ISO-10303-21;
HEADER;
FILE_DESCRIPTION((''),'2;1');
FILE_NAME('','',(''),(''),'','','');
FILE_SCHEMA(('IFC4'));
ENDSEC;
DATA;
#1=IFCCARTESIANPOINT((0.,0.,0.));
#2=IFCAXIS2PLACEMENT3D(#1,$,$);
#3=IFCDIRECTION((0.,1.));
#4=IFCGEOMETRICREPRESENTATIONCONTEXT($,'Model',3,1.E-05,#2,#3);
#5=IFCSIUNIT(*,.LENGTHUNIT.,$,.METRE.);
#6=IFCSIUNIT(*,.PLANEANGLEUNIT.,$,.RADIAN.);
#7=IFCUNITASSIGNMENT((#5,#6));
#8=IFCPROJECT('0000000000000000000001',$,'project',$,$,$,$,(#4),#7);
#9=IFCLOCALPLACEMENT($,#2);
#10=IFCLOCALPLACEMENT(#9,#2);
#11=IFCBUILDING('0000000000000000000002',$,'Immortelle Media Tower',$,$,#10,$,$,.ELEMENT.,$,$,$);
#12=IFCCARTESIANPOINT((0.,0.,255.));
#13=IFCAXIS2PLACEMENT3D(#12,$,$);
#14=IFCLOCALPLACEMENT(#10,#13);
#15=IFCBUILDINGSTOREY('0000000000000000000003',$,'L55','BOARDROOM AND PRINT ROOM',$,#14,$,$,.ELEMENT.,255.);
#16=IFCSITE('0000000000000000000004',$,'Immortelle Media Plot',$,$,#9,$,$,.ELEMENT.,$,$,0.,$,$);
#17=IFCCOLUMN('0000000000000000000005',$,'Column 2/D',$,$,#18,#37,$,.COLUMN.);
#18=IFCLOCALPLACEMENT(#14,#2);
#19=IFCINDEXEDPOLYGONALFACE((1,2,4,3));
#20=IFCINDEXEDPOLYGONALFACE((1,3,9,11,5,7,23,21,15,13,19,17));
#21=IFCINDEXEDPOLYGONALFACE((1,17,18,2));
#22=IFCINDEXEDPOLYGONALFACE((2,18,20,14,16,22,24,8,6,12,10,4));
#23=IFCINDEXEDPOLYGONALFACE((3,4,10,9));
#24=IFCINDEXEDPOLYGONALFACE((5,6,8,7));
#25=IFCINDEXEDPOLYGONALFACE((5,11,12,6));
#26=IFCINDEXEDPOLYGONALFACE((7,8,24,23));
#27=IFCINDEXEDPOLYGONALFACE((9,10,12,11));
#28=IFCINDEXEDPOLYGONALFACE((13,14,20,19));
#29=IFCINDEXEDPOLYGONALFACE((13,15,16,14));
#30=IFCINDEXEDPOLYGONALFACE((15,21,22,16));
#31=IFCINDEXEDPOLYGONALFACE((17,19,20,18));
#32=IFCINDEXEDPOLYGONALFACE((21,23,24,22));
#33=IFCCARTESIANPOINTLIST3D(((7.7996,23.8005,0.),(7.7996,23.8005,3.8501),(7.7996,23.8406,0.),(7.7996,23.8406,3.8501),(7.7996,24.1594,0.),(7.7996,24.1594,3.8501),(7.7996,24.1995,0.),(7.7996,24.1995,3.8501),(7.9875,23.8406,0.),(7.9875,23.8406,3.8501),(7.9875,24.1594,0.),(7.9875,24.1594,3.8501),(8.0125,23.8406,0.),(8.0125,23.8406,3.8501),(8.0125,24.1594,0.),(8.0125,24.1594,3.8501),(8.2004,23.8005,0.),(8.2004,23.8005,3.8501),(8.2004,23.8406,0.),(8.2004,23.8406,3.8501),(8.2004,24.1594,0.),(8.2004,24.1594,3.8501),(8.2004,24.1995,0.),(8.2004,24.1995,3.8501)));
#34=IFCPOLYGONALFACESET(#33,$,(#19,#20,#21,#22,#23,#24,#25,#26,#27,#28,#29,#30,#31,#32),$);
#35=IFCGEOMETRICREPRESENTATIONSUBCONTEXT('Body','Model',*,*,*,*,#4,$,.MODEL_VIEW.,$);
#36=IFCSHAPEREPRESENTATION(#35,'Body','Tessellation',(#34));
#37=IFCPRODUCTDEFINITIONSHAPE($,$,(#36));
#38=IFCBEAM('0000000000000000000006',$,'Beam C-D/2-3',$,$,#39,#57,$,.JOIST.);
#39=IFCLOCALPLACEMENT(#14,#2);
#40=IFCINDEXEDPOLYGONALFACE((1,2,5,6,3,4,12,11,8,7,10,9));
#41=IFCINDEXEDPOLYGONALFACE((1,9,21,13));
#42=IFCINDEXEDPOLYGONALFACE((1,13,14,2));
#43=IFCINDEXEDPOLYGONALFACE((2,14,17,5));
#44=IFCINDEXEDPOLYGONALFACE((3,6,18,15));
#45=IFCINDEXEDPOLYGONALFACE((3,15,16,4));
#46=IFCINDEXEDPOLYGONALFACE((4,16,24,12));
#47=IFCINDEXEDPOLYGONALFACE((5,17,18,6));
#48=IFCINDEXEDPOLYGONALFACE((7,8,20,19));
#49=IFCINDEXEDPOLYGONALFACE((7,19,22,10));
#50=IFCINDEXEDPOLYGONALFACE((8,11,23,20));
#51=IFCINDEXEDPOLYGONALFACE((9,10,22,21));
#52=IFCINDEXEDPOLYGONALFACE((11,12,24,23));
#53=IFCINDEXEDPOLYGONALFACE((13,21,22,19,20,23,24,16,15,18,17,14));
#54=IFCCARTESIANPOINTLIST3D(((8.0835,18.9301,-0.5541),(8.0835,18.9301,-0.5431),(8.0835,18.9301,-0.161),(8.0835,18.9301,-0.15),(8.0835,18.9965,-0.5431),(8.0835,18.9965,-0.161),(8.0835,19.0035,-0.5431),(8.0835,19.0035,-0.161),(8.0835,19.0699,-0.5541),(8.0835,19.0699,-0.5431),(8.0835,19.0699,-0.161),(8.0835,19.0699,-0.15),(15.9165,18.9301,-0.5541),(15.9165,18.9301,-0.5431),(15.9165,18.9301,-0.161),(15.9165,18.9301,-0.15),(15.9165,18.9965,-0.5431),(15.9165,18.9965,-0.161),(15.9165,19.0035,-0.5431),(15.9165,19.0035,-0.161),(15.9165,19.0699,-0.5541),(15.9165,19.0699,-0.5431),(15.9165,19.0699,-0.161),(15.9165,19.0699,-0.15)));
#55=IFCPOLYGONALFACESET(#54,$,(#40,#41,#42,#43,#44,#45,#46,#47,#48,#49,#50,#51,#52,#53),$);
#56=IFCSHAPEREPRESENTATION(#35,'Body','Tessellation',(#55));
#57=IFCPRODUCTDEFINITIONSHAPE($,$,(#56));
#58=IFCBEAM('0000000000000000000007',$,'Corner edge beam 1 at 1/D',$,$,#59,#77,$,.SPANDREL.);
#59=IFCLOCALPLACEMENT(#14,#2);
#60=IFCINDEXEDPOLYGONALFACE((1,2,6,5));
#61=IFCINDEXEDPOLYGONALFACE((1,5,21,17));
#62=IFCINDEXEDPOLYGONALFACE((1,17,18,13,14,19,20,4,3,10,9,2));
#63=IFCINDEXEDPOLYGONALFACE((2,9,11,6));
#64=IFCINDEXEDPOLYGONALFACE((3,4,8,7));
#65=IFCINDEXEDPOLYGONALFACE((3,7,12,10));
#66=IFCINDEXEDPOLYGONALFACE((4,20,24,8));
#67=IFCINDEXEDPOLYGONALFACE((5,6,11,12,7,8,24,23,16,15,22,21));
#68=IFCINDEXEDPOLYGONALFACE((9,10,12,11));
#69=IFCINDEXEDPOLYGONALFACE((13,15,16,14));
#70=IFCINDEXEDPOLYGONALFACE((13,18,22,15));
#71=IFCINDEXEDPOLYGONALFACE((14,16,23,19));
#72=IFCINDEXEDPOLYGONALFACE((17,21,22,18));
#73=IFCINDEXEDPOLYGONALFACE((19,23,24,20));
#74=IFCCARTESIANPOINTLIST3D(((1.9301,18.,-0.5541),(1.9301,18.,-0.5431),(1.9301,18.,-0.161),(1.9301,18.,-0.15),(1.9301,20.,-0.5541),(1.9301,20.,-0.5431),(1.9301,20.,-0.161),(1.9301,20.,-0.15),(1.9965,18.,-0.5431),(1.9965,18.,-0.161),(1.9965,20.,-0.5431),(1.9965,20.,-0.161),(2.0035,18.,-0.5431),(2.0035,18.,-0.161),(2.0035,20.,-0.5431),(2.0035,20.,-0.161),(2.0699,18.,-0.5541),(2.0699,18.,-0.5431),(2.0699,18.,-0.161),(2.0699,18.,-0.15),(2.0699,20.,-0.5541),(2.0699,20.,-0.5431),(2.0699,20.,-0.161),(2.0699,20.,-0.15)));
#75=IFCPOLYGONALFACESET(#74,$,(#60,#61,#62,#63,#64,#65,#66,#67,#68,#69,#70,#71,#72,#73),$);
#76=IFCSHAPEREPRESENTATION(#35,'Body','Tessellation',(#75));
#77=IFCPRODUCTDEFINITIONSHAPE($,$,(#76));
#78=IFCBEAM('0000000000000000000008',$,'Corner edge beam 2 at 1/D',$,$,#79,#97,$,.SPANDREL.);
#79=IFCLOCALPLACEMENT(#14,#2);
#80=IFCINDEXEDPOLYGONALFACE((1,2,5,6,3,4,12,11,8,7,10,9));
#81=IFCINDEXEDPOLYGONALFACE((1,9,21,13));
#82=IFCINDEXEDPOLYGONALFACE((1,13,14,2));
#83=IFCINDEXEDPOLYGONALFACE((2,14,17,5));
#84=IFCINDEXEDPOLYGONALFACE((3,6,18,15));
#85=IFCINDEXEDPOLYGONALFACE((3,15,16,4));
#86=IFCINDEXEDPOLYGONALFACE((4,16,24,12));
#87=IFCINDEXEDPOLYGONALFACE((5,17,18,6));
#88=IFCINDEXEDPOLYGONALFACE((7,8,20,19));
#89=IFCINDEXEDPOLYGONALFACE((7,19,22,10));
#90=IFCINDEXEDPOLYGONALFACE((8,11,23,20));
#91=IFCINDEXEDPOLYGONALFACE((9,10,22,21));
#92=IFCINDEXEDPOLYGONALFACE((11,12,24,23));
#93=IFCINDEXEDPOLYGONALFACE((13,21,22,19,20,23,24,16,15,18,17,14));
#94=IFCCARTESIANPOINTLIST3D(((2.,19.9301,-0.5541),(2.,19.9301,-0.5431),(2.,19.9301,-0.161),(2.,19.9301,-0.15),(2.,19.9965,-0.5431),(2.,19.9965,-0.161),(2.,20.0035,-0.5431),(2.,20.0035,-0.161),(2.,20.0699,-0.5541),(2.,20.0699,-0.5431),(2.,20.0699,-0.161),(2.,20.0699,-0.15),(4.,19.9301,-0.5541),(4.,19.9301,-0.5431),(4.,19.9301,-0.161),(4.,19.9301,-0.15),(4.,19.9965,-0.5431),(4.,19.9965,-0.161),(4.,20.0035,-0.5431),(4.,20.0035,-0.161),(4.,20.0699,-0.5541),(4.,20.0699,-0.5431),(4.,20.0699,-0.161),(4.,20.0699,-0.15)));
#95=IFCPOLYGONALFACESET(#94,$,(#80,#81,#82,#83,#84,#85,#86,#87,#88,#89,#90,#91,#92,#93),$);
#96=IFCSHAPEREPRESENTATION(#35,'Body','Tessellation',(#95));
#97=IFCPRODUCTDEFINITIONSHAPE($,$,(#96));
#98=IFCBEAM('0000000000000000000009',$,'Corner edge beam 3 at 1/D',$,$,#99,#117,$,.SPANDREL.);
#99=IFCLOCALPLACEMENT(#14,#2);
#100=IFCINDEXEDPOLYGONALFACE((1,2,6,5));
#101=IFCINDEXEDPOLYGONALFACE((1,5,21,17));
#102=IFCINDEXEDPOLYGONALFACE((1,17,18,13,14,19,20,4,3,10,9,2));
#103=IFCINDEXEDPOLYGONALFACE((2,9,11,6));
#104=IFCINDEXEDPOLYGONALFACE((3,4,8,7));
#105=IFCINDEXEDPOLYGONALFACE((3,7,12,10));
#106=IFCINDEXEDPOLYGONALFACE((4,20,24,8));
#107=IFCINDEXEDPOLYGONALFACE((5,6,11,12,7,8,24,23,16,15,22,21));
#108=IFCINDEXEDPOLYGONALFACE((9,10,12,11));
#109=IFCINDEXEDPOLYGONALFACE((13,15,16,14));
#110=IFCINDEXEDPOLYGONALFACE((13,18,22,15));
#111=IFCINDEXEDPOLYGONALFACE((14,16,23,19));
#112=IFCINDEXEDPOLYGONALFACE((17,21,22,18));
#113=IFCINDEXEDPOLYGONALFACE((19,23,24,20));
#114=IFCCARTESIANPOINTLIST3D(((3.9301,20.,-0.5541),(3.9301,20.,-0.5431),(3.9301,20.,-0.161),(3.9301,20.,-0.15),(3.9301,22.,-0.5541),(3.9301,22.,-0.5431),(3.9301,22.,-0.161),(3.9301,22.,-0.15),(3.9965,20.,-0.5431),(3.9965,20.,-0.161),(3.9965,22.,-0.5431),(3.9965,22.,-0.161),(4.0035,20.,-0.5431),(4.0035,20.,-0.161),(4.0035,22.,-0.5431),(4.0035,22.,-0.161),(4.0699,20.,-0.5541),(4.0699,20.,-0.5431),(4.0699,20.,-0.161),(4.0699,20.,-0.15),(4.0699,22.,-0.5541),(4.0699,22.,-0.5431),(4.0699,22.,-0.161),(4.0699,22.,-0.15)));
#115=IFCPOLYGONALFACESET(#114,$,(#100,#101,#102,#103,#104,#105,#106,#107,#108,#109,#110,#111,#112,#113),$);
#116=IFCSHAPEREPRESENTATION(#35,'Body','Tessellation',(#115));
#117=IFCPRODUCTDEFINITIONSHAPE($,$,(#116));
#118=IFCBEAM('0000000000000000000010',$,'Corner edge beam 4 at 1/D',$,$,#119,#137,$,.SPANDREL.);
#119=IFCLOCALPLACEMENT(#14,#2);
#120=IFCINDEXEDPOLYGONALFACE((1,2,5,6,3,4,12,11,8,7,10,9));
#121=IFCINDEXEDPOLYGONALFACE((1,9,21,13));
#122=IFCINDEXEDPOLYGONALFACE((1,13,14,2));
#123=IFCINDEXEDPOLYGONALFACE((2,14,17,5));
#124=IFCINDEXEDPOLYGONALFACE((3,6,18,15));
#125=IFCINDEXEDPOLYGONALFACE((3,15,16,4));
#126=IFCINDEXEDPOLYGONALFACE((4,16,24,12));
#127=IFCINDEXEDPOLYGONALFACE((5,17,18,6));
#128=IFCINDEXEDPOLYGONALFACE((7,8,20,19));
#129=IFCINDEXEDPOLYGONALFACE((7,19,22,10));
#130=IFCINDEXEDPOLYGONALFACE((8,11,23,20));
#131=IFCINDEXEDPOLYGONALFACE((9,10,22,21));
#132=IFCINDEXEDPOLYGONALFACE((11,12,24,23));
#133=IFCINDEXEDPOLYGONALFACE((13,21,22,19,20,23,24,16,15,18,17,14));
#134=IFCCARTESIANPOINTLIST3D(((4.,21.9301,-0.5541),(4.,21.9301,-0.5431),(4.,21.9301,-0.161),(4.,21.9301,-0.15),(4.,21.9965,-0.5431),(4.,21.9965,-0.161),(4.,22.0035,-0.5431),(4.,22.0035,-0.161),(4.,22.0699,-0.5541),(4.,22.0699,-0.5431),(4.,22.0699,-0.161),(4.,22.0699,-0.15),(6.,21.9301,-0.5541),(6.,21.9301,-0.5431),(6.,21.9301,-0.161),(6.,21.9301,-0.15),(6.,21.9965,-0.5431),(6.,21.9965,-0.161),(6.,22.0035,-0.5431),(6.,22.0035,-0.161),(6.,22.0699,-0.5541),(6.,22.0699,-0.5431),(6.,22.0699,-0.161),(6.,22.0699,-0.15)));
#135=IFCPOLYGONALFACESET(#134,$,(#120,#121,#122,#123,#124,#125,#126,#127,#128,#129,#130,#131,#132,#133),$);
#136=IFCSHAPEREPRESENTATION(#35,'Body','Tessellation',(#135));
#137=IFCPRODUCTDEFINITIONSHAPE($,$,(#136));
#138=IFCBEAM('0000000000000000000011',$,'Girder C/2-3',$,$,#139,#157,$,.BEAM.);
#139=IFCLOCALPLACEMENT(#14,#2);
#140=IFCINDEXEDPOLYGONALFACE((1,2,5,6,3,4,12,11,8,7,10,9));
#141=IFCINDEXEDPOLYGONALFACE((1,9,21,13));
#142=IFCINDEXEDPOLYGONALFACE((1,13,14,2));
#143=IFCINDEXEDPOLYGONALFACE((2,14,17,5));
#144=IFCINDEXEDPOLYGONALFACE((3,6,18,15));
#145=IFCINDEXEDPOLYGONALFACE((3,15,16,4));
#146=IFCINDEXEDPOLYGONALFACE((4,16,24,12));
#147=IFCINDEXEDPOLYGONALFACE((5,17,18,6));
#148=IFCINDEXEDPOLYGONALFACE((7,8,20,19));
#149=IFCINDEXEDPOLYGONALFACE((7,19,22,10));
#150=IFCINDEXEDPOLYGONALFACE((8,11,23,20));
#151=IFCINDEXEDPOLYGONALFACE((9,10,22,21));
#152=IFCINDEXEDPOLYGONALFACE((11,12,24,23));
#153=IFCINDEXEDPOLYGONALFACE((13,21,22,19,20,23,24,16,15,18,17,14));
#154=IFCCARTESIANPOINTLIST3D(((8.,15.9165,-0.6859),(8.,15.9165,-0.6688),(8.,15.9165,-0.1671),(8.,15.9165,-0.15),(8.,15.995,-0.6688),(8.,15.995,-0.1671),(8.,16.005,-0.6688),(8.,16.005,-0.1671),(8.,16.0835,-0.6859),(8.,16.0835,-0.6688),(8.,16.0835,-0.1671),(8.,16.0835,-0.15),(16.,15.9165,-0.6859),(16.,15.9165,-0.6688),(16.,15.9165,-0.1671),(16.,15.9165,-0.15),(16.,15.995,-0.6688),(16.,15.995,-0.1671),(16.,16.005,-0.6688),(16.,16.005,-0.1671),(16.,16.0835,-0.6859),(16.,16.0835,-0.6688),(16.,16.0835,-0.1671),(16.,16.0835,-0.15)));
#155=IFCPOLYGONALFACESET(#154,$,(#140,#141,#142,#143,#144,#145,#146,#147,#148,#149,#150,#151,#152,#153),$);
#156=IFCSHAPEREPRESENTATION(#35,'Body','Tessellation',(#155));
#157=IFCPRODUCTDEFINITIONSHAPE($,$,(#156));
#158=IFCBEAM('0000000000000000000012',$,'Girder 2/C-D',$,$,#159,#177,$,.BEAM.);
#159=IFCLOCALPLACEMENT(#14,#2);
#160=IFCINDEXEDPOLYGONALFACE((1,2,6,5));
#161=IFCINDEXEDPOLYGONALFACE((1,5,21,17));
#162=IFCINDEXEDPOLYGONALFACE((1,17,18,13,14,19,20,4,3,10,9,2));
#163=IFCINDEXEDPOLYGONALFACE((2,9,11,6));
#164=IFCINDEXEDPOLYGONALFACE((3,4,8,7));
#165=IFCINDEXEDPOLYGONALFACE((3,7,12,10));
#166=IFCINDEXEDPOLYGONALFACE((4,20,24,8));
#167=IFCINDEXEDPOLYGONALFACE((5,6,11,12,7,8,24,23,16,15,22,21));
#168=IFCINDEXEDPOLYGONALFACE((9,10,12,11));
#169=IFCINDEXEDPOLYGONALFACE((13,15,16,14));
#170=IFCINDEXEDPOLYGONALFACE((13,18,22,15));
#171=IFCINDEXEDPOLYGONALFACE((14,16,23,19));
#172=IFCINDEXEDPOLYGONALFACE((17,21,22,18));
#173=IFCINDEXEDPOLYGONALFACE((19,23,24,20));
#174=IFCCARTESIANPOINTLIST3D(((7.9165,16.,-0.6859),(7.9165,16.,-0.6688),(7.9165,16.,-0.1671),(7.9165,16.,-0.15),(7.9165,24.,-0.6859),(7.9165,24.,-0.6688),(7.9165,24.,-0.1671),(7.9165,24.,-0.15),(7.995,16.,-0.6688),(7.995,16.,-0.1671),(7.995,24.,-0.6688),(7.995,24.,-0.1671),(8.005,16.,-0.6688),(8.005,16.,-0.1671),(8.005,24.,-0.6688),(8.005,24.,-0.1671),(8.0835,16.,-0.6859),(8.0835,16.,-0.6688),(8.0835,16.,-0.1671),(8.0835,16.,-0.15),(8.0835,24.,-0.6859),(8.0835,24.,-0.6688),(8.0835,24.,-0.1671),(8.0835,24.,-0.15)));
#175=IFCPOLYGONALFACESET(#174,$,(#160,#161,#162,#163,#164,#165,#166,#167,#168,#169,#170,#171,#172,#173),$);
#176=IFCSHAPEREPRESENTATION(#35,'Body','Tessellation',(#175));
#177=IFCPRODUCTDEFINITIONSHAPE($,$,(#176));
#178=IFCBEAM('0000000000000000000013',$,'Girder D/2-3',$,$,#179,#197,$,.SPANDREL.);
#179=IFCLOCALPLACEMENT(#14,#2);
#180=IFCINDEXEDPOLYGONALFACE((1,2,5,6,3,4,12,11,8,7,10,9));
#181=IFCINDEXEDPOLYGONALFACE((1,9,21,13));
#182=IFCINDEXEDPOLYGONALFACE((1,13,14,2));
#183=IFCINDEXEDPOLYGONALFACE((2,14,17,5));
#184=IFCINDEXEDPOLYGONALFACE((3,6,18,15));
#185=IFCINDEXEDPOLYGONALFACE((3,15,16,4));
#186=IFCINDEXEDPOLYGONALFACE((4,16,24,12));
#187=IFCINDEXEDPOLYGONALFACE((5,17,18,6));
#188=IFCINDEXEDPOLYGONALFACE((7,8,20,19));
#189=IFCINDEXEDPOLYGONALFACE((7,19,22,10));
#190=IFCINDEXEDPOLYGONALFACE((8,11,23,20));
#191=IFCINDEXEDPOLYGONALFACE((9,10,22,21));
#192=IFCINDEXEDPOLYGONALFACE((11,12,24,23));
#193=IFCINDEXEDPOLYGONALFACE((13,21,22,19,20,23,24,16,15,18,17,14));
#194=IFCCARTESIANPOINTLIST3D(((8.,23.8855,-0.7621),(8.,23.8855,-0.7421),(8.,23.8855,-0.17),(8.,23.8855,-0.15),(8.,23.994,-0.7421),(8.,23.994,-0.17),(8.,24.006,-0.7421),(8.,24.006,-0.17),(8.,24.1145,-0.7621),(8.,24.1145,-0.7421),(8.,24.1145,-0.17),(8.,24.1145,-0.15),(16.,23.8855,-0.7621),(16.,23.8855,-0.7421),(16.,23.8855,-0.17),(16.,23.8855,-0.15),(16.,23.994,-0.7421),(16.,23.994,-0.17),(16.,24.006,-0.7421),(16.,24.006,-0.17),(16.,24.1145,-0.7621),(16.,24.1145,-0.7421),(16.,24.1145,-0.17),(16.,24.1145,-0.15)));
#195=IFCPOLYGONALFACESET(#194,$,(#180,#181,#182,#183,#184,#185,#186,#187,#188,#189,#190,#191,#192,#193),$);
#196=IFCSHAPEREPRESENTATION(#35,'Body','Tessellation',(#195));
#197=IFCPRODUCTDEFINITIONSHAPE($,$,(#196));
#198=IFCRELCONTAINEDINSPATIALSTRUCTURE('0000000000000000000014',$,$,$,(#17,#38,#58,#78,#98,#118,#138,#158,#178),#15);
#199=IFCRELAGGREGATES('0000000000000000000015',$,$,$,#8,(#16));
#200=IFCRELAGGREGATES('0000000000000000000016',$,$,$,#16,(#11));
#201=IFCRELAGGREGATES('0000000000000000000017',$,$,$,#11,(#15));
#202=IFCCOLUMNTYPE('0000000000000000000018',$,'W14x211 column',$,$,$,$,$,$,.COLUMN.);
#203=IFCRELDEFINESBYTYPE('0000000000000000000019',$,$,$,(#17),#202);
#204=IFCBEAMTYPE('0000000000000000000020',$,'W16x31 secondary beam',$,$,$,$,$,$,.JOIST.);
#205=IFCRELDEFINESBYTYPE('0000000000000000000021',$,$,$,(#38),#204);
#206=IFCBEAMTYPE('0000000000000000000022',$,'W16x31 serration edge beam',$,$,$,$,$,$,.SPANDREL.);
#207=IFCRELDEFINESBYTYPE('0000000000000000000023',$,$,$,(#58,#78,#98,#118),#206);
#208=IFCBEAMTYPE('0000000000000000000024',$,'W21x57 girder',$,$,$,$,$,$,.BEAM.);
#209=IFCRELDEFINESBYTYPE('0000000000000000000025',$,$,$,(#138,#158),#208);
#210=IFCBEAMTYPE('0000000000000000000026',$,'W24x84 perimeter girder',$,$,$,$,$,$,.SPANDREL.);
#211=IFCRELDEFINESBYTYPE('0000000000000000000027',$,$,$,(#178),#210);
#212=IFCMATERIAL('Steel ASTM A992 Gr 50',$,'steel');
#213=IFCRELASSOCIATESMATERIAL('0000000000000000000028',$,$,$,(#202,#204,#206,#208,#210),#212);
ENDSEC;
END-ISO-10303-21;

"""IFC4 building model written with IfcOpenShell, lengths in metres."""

from ifc_helpers import new_model, si_unit, direction, frame, origin, origin_2d, place, context, subcontext, project, spatial, i_section, extrude, material, material_profile, profile_set, type_object, element, save


model = new_model("IFC4")

# Units and contexts
model_context = context("Model", 3, precision=1e-05, world=origin(), true_north=direction((0.0, 1.0)))
body_context = subcontext(model_context, "Body", "Model", "MODEL_VIEW")
ifc_project = project(units=[si_unit("LENGTHUNIT", "METRE"), si_unit("PLANEANGLEUNIT", "RADIAN")], contexts=[model_context])

# Site, building, storey
site_placement = place(None, origin())
site = spatial("IfcSite", under=ifc_project, at=site_placement, Name="Immortelle Media Plot", CompositionType="ELEMENT", RefElevation=0.0)
building_placement = place(site_placement, origin())
building = spatial("IfcBuilding", under=site, at=building_placement, Name="Immortelle Media Tower", CompositionType="ELEMENT")
storey_placement = place(building_placement, frame((0.0, 0.0, 255.0)))
storey = spatial("IfcBuildingStorey", under=building, at=storey_placement, Name="L55", Description="BOARDROOM AND PRINT ROOM", CompositionType="ELEMENT", Elevation=255.0)

# Column
ifc_material_1 = material(Name="Steel ASTM A992 Gr 50", Category="steel")
ifc_material_profile_1 = material_profile(ifc_material_1, i_section(OverallWidth=0.4009, OverallDepth=0.3989, WebThickness=0.0249, FlangeThickness=0.04, at=origin_2d()), Name="W14x211")
ifc_profile_set_1 = profile_set([ifc_material_profile_1], Name="Steel ASTM A992 Gr 50")
column_type = type_object("IfcColumnType", Name="W14x211 column", PredefinedType="COLUMN", material=ifc_profile_set_1)
column_placement = place(storey_placement, frame((8.0, 24.0, 0.0), z_axis=(0.0, 0.0, 1.0), x_axis=(1.0, 0.0, 0.0)))
element("IfcColumn", 1, at=column_placement, inside=storey, type_object=column_type, Name="Column 2/D", PredefinedType="COLUMN", context=body_context, shape_type="SweptSolid", body=[
    extrude(i_section(OverallWidth=0.4009, OverallDepth=0.3989, WebThickness=0.0249, FlangeThickness=0.04, at=origin_2d()), origin(), (0.0, 0.0, 1.0), 3.8501),
])

# Beams
ifc_material_profile_2 = material_profile(ifc_material_1, i_section(OverallWidth=0.1399, OverallDepth=0.4041, WebThickness=0.0071, FlangeThickness=0.011, at=origin_2d()), Name="W16x31")
ifc_profile_set_2 = profile_set([ifc_material_profile_2], Name="Steel ASTM A992 Gr 50")
beam_type_1 = type_object("IfcBeamType", Name="W16x31 secondary beam", PredefinedType="JOIST", material=ifc_profile_set_2)
beam_1_placement = place(storey_placement, frame((8.0835, 19.0, -0.3521), z_axis=(1.0, 0.0, 0.0), x_axis=(0.0, 1.0, 0.0)))
element("IfcBeam", 2, at=beam_1_placement, inside=storey, type_object=beam_type_1, Name="Beam C-D/2-3", PredefinedType="JOIST", context=body_context, shape_type="SweptSolid", body=[
    extrude(i_section(OverallWidth=0.1399, OverallDepth=0.4041, WebThickness=0.0071, FlangeThickness=0.011, at=origin_2d()), origin(), (0.0, 0.0, 1.0), 7.833),
])
ifc_material_profile_3 = material_profile(ifc_material_1, i_section(OverallWidth=0.1399, OverallDepth=0.4041, WebThickness=0.0071, FlangeThickness=0.011, at=origin_2d()), Name="W16x31")
ifc_profile_set_3 = profile_set([ifc_material_profile_3], Name="Steel ASTM A992 Gr 50")
beam_type_2 = type_object("IfcBeamType", Name="W16x31 serration edge beam", PredefinedType="SPANDREL", material=ifc_profile_set_3)
for number, where, z_axis, x_axis, name in (
    (3, (2.0, 18.0, -0.3521), (0.0, 1.0, 0.0), (-1.0, 0.0, 0.0), "Corner edge beam 1 at 1/D"),
    (4, (2.0, 20.0, -0.3521), (1.0, 0.0, 0.0), (0.0, 1.0, 0.0), "Corner edge beam 2 at 1/D"),
    (5, (4.0, 20.0, -0.3521), (0.0, 1.0, 0.0), (-1.0, 0.0, 0.0), "Corner edge beam 3 at 1/D"),
    (6, (4.0, 22.0, -0.3521), (1.0, 0.0, 0.0), (0.0, 1.0, 0.0), "Corner edge beam 4 at 1/D"),
):
    element("IfcBeam", number, at=place(storey_placement, frame(where, z_axis=z_axis, x_axis=x_axis)), inside=storey, type_object=beam_type_2, Name=name, PredefinedType="SPANDREL", context=body_context, shape_type="SweptSolid", body=[
        extrude(i_section(OverallWidth=0.1399, OverallDepth=0.4041, WebThickness=0.0071, FlangeThickness=0.011, at=origin_2d()), origin(), (0.0, 0.0, 1.0), 2.0),
    ])
ifc_material_profile_4 = material_profile(ifc_material_1, i_section(OverallWidth=0.167, OverallDepth=0.5359, WebThickness=0.01, FlangeThickness=0.0171, at=origin_2d()), Name="W21x57")
ifc_profile_set_4 = profile_set([ifc_material_profile_4], Name="Steel ASTM A992 Gr 50")
beam_type_3 = type_object("IfcBeamType", Name="W21x57 girder", PredefinedType="BEAM", material=ifc_profile_set_4)
for number, where, z_axis, x_axis, name in (
    (7, (8.0, 16.0, -0.418), (1.0, 0.0, 0.0), (0.0, 1.0, 0.0), "Girder C/2-3"),
    (8, (8.0, 16.0, -0.418), (0.0, 1.0, 0.0), (-1.0, 0.0, 0.0), "Girder 2/C-D"),
):
    element("IfcBeam", number, at=place(storey_placement, frame(where, z_axis=z_axis, x_axis=x_axis)), inside=storey, type_object=beam_type_3, Name=name, PredefinedType="BEAM", context=body_context, shape_type="SweptSolid", body=[
        extrude(i_section(OverallWidth=0.167, OverallDepth=0.5359, WebThickness=0.01, FlangeThickness=0.0171, at=origin_2d()), origin(), (0.0, 0.0, 1.0), 8.0),
    ])
ifc_material_profile_5 = material_profile(ifc_material_1, i_section(OverallWidth=0.229, OverallDepth=0.6121, WebThickness=0.012, FlangeThickness=0.02, at=origin_2d()), Name="W24x84")
ifc_profile_set_5 = profile_set([ifc_material_profile_5], Name="Steel ASTM A992 Gr 50")
beam_type_4 = type_object("IfcBeamType", Name="W24x84 perimeter girder", PredefinedType="SPANDREL", material=ifc_profile_set_5)
beam_2_placement = place(storey_placement, frame((8.0, 24.0, -0.4561), z_axis=(1.0, 0.0, 0.0), x_axis=(0.0, 1.0, 0.0)))
element("IfcBeam", 9, at=beam_2_placement, inside=storey, type_object=beam_type_4, Name="Girder D/2-3", PredefinedType="SPANDREL", context=body_context, shape_type="SweptSolid", body=[
    extrude(i_section(OverallWidth=0.229, OverallDepth=0.6121, WebThickness=0.012, FlangeThickness=0.02, at=origin_2d()), origin(), (0.0, 0.0, 1.0), 8.0),
])

save(model, "model.ifc")
